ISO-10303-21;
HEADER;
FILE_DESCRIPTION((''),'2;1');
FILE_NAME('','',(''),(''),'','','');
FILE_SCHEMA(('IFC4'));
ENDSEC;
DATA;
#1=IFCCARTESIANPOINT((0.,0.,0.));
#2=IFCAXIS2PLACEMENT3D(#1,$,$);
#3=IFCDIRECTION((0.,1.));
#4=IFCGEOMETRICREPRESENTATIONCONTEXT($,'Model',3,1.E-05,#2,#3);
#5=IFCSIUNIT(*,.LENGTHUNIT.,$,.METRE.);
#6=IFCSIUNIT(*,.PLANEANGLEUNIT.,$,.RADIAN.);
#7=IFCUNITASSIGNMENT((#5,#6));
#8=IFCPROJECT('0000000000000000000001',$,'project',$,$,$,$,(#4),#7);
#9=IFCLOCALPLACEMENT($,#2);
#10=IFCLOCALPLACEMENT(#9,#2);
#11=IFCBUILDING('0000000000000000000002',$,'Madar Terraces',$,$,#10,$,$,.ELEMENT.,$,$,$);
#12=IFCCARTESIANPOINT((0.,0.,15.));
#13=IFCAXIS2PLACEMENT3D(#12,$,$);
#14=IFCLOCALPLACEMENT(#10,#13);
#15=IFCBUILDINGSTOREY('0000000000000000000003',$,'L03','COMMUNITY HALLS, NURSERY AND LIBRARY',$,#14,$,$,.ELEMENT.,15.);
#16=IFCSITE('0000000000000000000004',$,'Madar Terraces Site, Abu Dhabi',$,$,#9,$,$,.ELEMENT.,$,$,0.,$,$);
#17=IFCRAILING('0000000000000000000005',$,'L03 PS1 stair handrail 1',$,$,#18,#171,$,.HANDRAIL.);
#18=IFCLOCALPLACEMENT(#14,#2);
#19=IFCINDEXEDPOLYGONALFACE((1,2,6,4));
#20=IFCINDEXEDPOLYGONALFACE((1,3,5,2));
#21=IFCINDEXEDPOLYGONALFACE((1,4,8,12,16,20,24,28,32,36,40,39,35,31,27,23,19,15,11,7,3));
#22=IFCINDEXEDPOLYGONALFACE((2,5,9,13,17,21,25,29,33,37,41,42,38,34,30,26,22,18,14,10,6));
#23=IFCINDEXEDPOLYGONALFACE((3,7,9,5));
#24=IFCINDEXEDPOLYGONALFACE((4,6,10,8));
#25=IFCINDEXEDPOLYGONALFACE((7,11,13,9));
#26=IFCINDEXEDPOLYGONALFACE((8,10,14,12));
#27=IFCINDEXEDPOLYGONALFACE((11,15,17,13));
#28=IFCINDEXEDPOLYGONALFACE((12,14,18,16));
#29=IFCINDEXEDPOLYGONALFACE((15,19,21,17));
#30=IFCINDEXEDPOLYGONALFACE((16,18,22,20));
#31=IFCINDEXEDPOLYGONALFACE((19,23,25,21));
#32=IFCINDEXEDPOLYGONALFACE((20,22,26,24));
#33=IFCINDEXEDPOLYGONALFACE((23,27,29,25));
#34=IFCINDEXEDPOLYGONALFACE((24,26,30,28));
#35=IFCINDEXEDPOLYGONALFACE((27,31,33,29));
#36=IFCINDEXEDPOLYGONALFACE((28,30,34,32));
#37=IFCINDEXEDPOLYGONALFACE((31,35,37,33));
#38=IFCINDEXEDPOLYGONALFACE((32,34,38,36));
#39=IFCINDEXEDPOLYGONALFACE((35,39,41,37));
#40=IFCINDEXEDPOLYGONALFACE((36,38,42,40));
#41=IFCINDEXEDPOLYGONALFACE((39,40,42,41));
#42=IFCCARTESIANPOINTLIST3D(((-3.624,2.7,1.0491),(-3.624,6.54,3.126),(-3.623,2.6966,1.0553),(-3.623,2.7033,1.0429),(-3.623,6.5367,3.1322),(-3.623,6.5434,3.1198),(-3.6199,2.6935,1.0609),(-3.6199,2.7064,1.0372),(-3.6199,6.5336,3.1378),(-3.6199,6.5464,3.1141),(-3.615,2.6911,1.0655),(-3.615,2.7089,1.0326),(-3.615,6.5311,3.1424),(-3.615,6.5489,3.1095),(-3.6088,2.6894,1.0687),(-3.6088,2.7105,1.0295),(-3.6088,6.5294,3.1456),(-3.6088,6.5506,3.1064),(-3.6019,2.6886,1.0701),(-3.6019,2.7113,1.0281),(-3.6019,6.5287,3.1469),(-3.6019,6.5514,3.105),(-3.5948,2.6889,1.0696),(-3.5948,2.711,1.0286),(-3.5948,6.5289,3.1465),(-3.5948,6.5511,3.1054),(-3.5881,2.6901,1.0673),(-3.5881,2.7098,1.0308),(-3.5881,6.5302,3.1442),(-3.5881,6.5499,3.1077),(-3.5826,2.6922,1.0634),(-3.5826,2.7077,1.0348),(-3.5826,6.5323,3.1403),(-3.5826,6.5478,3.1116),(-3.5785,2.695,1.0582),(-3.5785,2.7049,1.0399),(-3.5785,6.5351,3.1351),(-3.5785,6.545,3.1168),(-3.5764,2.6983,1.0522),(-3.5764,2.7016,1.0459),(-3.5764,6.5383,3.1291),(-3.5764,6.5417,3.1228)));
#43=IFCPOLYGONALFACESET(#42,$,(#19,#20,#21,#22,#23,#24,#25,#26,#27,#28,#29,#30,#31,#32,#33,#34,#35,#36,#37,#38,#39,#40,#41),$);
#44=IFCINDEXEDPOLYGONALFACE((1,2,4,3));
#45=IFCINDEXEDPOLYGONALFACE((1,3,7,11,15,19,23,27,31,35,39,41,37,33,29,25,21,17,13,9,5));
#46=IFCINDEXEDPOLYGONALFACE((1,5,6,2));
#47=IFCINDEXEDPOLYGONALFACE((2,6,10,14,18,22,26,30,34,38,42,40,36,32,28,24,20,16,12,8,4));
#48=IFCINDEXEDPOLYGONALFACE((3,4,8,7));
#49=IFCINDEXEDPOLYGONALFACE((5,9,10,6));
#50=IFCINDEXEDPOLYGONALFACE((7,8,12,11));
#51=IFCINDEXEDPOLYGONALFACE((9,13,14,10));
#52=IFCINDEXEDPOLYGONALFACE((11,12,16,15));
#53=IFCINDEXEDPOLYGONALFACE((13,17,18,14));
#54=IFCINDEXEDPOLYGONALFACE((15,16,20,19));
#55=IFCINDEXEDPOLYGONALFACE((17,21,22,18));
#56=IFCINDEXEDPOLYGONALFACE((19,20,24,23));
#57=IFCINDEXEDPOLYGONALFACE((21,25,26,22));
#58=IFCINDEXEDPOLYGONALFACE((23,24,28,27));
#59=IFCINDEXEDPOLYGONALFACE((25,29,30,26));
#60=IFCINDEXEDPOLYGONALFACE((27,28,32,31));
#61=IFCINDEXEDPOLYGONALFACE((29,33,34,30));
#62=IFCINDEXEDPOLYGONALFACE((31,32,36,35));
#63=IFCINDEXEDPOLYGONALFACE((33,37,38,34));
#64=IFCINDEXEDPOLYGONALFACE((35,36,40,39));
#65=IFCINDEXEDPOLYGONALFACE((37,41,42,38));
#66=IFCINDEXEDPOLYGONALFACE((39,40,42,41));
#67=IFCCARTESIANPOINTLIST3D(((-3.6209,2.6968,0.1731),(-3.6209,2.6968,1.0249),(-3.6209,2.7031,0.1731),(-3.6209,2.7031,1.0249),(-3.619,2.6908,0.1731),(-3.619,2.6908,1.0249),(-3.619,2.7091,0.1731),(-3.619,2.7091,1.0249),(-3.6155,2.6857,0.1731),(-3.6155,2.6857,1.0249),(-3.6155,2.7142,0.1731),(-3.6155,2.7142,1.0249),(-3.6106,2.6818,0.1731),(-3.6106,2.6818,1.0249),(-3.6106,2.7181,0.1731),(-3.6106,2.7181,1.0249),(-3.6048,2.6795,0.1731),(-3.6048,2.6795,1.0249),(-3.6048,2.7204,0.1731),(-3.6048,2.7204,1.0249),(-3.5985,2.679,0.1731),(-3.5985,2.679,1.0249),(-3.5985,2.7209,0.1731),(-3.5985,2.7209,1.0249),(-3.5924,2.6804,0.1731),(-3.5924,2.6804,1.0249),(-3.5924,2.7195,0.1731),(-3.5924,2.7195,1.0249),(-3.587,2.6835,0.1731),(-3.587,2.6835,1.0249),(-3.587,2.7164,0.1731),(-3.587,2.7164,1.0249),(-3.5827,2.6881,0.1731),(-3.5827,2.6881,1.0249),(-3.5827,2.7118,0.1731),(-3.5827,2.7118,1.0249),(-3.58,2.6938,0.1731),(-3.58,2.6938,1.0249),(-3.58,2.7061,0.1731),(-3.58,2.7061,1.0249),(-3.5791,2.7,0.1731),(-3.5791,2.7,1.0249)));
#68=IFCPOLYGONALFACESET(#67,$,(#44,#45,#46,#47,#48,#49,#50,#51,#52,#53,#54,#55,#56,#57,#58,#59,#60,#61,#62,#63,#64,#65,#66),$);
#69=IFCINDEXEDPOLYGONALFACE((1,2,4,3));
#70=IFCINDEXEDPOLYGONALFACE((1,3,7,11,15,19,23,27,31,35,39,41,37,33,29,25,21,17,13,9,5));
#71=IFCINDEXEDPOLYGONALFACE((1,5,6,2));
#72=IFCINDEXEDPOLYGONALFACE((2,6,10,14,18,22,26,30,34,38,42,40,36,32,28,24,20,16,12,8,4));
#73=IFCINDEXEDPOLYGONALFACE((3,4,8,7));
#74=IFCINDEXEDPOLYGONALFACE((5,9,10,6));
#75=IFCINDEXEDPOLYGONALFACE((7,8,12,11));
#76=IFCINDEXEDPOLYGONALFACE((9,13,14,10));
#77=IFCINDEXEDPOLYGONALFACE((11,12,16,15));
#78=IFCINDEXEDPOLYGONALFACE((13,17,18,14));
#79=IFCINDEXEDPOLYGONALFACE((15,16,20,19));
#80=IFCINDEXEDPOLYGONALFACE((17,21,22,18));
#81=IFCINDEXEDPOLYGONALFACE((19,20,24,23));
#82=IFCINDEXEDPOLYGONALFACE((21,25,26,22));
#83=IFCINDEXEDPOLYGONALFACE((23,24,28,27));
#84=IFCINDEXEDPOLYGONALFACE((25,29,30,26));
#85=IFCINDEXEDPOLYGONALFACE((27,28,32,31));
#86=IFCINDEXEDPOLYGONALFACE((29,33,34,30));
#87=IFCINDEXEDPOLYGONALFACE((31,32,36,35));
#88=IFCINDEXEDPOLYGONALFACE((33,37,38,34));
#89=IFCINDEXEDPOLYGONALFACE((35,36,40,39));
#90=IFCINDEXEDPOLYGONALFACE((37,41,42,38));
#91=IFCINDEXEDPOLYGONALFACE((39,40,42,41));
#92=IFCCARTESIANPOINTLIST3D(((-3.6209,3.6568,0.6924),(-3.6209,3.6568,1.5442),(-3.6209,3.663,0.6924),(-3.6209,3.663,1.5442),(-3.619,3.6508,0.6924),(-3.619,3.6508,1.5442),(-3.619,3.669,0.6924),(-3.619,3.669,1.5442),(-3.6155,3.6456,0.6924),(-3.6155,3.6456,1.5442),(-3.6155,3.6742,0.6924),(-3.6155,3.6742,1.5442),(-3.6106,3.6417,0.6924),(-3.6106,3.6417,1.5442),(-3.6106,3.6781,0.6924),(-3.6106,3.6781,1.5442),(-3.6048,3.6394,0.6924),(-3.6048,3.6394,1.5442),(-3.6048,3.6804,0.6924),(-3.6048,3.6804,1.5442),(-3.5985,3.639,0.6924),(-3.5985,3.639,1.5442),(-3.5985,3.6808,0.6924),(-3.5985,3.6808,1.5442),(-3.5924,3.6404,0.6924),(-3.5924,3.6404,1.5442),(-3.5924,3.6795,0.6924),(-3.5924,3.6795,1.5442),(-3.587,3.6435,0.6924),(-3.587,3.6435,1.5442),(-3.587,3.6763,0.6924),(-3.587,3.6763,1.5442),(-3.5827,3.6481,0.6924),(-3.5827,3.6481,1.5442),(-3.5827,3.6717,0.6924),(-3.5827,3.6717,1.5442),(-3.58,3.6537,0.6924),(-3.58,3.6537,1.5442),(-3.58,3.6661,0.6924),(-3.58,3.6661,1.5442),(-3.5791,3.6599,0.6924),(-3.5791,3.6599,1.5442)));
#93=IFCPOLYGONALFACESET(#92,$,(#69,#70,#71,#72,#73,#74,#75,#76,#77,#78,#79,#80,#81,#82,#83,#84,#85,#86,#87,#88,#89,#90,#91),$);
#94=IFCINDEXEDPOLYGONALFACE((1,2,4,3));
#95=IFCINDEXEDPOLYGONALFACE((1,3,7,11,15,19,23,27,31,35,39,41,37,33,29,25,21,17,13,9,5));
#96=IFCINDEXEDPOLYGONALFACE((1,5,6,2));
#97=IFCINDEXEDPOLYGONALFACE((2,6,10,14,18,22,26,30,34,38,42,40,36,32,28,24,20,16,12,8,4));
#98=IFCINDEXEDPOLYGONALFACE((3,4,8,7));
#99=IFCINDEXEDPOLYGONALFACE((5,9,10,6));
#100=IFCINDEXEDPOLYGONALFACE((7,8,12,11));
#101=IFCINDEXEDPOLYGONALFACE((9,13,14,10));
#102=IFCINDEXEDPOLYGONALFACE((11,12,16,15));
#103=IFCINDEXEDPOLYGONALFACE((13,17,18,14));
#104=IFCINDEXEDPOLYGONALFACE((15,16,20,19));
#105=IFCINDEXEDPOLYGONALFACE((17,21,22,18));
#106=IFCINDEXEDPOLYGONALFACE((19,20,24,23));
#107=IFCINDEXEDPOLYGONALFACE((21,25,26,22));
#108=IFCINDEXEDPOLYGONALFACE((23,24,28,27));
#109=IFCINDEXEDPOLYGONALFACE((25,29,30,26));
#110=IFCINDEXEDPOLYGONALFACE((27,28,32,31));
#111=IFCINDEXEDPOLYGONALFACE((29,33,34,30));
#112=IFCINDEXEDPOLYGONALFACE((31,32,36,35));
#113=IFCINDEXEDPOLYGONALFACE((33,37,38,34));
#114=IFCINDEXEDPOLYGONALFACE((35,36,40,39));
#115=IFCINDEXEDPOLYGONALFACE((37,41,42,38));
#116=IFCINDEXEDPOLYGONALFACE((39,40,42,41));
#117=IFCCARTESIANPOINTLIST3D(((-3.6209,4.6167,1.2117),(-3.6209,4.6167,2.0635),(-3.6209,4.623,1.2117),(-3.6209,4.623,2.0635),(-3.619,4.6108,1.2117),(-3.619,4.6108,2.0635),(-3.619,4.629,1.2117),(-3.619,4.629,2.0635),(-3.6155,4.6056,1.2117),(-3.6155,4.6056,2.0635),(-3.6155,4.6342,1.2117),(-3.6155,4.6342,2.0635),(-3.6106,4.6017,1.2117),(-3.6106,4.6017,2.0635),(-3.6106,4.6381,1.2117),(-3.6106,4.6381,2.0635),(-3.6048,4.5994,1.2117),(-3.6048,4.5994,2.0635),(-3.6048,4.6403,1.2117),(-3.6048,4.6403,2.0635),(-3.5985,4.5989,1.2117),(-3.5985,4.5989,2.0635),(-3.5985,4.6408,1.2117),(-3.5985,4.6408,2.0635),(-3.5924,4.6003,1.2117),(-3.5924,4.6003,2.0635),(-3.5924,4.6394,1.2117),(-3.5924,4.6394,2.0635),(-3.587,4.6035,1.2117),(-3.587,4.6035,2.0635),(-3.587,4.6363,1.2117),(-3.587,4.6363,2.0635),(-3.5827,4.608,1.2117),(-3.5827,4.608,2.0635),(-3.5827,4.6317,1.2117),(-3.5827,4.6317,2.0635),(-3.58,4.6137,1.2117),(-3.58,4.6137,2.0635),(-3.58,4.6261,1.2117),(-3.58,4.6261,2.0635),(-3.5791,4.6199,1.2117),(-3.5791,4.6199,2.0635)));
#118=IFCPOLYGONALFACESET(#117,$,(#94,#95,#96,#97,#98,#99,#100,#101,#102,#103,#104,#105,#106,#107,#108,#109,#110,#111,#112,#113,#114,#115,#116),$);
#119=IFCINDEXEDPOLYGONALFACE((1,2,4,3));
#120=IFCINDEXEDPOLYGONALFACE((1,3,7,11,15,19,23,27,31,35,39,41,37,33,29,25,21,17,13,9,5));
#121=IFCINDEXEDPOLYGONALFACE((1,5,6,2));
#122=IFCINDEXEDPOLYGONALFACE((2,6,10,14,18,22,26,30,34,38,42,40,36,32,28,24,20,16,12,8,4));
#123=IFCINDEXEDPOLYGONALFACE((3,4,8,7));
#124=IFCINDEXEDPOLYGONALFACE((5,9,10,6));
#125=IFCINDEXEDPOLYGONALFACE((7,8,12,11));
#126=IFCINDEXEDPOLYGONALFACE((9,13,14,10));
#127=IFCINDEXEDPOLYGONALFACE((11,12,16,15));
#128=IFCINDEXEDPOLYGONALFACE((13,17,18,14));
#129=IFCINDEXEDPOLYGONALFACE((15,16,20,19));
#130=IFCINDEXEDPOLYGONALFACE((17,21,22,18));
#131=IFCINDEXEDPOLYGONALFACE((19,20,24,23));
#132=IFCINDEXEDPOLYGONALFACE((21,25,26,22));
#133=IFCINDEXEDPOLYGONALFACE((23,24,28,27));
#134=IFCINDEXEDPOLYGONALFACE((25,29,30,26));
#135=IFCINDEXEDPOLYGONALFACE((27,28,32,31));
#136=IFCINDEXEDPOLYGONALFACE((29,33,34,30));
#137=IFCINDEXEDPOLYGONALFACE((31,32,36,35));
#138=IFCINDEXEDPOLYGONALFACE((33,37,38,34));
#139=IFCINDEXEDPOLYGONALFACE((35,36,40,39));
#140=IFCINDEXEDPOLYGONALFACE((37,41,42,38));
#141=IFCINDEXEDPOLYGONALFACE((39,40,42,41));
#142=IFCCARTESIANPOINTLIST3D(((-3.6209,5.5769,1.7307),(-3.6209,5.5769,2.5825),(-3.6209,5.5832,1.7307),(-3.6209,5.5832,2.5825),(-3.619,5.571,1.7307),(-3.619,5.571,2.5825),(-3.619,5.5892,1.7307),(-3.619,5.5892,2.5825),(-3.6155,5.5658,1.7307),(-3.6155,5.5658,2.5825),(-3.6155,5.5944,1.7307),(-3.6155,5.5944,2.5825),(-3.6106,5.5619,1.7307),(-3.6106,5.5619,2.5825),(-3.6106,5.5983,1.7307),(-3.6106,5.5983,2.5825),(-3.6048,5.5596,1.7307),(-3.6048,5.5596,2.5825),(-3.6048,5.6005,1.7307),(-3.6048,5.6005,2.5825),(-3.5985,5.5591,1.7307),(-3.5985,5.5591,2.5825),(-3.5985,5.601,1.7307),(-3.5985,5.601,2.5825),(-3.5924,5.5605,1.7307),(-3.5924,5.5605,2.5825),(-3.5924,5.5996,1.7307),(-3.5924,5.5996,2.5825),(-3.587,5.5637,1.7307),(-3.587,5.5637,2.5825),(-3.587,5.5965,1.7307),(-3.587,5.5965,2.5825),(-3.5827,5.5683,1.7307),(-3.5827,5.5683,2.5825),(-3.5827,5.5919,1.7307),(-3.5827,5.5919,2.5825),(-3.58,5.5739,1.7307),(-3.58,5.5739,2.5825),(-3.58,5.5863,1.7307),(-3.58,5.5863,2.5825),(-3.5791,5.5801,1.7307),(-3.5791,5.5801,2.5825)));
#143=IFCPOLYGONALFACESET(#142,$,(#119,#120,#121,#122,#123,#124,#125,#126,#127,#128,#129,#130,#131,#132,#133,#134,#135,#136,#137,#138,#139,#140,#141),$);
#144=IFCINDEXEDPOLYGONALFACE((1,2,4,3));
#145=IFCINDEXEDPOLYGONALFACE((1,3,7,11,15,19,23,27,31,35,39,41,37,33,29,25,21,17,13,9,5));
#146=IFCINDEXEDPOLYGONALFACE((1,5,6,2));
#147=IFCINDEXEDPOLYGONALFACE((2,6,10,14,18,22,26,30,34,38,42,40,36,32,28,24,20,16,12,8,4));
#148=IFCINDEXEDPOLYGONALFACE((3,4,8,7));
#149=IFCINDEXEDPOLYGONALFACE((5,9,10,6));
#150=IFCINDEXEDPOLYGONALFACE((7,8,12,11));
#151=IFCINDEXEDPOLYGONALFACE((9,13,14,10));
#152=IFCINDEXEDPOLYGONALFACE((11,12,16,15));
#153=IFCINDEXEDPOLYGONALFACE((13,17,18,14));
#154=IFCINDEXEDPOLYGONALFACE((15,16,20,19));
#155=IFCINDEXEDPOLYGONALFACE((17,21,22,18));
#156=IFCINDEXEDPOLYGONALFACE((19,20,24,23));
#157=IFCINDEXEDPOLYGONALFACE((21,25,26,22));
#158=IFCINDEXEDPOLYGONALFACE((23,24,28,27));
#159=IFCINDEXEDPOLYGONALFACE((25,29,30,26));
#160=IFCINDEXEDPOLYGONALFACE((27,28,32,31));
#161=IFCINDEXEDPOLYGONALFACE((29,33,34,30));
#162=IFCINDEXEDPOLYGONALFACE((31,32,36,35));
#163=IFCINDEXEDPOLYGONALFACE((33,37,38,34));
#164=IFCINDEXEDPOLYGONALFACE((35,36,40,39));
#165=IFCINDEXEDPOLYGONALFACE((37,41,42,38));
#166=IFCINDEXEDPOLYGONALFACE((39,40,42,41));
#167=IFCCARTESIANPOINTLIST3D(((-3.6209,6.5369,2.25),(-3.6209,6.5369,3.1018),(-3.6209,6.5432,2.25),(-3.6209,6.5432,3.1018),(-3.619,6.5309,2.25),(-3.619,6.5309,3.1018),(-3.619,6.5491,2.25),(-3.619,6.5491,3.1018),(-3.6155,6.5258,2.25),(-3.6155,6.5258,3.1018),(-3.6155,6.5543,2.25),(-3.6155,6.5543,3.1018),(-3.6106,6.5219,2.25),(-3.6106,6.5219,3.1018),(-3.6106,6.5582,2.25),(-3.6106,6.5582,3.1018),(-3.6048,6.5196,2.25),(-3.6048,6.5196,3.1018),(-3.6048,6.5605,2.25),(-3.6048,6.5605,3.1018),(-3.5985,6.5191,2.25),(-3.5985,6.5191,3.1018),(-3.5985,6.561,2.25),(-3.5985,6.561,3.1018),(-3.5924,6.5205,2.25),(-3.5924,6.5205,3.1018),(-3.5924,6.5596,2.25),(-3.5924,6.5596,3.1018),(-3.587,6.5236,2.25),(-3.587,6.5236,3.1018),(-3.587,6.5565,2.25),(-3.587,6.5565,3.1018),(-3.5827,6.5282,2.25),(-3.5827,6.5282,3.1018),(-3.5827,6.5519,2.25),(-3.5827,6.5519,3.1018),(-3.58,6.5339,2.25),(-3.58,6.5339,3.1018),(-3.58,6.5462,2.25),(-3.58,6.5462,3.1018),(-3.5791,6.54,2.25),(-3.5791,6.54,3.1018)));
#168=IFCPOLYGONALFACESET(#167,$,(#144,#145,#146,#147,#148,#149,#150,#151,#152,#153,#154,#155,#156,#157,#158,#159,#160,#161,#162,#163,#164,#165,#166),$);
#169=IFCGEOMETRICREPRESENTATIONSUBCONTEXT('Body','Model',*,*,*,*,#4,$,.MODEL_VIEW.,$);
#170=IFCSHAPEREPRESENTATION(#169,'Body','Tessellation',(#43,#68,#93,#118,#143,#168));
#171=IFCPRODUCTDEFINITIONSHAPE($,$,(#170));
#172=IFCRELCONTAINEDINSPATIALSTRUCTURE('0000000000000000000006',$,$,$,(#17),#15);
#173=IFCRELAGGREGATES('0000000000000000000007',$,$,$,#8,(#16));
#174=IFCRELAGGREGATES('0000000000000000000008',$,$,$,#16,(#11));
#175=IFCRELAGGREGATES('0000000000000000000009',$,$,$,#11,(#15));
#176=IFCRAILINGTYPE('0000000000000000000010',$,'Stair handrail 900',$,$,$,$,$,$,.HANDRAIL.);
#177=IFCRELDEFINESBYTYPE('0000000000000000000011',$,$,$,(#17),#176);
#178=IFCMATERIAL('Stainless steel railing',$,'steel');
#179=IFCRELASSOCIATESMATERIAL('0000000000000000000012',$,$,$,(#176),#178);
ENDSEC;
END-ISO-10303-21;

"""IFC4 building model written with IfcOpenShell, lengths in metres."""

from ifc_helpers import new_model, si_unit, direction, frame, origin, origin_2d, place, context, subcontext, project, spatial, circle, extrude, material, type_object, element, save


model = new_model("IFC4")

# Units and contexts
model_context = context("Model", 3, precision=1e-05, world=origin(), true_north=direction((0.0, 1.0)))
body_context = subcontext(model_context, "Body", "Model", "MODEL_VIEW")
ifc_project = project(units=[si_unit("LENGTHUNIT", "METRE"), si_unit("PLANEANGLEUNIT", "RADIAN")], contexts=[model_context])

# Site, building, storey
site_placement = place(None, origin())
site = spatial("IfcSite", under=ifc_project, at=site_placement, Name="Madar Terraces Site, Abu Dhabi", CompositionType="ELEMENT", RefElevation=0.0)
building_placement = place(site_placement, origin())
building = spatial("IfcBuilding", under=site, at=building_placement, Name="Madar Terraces", CompositionType="ELEMENT")
storey_placement = place(building_placement, frame((0.0, 0.0, 15.0)))
storey = spatial("IfcBuildingStorey", under=building, at=storey_placement, Name="L03", Description="COMMUNITY HALLS, NURSERY AND LIBRARY", CompositionType="ELEMENT", Elevation=15.0)

# Railing
ifc_material_1 = material(Name="Stainless steel railing", Category="steel")
railing_type_1 = type_object("IfcRailingType", Name="Stair handrail 900", PredefinedType="HANDRAIL", material=ifc_material_1)
railing_1_placement = place(storey_placement, frame((-3.6001, 2.7, 0.1731)))
element("IfcRailing", 1, at=railing_1_placement, inside=storey, type_object=railing_type_1, Name="L03 PS1 stair handrail 1", PredefinedType="HANDRAIL", context=body_context, shape_type="SweptSolid", body=[
    extrude(circle(Radius=0.0239, at=origin_2d()), frame((0.0, 0.0, 0.876), z_axis=(0.0, 0.879593, 0.475726), x_axis=(-1.0, 0.0, 0.0)), (0.0, 0.0, 1.0), 4.3657),
    extrude(circle(Radius=0.021, at=origin_2d()), origin(), (0.0, 0.0, 1.0), 0.8518),
    extrude(circle(Radius=0.021, at=origin_2d()), frame((0.0, 0.96, 0.5193)), (0.0, 0.0, 1.0), 0.8518),
    extrude(circle(Radius=0.021, at=origin_2d()), frame((0.0, 1.9199, 1.0386)), (0.0, 0.0, 1.0), 0.8518),
    extrude(circle(Radius=0.021, at=origin_2d()), frame((0.0, 2.8801, 1.5576)), (0.0, 0.0, 1.0), 0.8518),
    extrude(circle(Radius=0.021, at=origin_2d()), frame((0.0, 3.8401, 2.0769)), (0.0, 0.0, 1.0), 0.8518),
])

save(model, "model.ifc")
